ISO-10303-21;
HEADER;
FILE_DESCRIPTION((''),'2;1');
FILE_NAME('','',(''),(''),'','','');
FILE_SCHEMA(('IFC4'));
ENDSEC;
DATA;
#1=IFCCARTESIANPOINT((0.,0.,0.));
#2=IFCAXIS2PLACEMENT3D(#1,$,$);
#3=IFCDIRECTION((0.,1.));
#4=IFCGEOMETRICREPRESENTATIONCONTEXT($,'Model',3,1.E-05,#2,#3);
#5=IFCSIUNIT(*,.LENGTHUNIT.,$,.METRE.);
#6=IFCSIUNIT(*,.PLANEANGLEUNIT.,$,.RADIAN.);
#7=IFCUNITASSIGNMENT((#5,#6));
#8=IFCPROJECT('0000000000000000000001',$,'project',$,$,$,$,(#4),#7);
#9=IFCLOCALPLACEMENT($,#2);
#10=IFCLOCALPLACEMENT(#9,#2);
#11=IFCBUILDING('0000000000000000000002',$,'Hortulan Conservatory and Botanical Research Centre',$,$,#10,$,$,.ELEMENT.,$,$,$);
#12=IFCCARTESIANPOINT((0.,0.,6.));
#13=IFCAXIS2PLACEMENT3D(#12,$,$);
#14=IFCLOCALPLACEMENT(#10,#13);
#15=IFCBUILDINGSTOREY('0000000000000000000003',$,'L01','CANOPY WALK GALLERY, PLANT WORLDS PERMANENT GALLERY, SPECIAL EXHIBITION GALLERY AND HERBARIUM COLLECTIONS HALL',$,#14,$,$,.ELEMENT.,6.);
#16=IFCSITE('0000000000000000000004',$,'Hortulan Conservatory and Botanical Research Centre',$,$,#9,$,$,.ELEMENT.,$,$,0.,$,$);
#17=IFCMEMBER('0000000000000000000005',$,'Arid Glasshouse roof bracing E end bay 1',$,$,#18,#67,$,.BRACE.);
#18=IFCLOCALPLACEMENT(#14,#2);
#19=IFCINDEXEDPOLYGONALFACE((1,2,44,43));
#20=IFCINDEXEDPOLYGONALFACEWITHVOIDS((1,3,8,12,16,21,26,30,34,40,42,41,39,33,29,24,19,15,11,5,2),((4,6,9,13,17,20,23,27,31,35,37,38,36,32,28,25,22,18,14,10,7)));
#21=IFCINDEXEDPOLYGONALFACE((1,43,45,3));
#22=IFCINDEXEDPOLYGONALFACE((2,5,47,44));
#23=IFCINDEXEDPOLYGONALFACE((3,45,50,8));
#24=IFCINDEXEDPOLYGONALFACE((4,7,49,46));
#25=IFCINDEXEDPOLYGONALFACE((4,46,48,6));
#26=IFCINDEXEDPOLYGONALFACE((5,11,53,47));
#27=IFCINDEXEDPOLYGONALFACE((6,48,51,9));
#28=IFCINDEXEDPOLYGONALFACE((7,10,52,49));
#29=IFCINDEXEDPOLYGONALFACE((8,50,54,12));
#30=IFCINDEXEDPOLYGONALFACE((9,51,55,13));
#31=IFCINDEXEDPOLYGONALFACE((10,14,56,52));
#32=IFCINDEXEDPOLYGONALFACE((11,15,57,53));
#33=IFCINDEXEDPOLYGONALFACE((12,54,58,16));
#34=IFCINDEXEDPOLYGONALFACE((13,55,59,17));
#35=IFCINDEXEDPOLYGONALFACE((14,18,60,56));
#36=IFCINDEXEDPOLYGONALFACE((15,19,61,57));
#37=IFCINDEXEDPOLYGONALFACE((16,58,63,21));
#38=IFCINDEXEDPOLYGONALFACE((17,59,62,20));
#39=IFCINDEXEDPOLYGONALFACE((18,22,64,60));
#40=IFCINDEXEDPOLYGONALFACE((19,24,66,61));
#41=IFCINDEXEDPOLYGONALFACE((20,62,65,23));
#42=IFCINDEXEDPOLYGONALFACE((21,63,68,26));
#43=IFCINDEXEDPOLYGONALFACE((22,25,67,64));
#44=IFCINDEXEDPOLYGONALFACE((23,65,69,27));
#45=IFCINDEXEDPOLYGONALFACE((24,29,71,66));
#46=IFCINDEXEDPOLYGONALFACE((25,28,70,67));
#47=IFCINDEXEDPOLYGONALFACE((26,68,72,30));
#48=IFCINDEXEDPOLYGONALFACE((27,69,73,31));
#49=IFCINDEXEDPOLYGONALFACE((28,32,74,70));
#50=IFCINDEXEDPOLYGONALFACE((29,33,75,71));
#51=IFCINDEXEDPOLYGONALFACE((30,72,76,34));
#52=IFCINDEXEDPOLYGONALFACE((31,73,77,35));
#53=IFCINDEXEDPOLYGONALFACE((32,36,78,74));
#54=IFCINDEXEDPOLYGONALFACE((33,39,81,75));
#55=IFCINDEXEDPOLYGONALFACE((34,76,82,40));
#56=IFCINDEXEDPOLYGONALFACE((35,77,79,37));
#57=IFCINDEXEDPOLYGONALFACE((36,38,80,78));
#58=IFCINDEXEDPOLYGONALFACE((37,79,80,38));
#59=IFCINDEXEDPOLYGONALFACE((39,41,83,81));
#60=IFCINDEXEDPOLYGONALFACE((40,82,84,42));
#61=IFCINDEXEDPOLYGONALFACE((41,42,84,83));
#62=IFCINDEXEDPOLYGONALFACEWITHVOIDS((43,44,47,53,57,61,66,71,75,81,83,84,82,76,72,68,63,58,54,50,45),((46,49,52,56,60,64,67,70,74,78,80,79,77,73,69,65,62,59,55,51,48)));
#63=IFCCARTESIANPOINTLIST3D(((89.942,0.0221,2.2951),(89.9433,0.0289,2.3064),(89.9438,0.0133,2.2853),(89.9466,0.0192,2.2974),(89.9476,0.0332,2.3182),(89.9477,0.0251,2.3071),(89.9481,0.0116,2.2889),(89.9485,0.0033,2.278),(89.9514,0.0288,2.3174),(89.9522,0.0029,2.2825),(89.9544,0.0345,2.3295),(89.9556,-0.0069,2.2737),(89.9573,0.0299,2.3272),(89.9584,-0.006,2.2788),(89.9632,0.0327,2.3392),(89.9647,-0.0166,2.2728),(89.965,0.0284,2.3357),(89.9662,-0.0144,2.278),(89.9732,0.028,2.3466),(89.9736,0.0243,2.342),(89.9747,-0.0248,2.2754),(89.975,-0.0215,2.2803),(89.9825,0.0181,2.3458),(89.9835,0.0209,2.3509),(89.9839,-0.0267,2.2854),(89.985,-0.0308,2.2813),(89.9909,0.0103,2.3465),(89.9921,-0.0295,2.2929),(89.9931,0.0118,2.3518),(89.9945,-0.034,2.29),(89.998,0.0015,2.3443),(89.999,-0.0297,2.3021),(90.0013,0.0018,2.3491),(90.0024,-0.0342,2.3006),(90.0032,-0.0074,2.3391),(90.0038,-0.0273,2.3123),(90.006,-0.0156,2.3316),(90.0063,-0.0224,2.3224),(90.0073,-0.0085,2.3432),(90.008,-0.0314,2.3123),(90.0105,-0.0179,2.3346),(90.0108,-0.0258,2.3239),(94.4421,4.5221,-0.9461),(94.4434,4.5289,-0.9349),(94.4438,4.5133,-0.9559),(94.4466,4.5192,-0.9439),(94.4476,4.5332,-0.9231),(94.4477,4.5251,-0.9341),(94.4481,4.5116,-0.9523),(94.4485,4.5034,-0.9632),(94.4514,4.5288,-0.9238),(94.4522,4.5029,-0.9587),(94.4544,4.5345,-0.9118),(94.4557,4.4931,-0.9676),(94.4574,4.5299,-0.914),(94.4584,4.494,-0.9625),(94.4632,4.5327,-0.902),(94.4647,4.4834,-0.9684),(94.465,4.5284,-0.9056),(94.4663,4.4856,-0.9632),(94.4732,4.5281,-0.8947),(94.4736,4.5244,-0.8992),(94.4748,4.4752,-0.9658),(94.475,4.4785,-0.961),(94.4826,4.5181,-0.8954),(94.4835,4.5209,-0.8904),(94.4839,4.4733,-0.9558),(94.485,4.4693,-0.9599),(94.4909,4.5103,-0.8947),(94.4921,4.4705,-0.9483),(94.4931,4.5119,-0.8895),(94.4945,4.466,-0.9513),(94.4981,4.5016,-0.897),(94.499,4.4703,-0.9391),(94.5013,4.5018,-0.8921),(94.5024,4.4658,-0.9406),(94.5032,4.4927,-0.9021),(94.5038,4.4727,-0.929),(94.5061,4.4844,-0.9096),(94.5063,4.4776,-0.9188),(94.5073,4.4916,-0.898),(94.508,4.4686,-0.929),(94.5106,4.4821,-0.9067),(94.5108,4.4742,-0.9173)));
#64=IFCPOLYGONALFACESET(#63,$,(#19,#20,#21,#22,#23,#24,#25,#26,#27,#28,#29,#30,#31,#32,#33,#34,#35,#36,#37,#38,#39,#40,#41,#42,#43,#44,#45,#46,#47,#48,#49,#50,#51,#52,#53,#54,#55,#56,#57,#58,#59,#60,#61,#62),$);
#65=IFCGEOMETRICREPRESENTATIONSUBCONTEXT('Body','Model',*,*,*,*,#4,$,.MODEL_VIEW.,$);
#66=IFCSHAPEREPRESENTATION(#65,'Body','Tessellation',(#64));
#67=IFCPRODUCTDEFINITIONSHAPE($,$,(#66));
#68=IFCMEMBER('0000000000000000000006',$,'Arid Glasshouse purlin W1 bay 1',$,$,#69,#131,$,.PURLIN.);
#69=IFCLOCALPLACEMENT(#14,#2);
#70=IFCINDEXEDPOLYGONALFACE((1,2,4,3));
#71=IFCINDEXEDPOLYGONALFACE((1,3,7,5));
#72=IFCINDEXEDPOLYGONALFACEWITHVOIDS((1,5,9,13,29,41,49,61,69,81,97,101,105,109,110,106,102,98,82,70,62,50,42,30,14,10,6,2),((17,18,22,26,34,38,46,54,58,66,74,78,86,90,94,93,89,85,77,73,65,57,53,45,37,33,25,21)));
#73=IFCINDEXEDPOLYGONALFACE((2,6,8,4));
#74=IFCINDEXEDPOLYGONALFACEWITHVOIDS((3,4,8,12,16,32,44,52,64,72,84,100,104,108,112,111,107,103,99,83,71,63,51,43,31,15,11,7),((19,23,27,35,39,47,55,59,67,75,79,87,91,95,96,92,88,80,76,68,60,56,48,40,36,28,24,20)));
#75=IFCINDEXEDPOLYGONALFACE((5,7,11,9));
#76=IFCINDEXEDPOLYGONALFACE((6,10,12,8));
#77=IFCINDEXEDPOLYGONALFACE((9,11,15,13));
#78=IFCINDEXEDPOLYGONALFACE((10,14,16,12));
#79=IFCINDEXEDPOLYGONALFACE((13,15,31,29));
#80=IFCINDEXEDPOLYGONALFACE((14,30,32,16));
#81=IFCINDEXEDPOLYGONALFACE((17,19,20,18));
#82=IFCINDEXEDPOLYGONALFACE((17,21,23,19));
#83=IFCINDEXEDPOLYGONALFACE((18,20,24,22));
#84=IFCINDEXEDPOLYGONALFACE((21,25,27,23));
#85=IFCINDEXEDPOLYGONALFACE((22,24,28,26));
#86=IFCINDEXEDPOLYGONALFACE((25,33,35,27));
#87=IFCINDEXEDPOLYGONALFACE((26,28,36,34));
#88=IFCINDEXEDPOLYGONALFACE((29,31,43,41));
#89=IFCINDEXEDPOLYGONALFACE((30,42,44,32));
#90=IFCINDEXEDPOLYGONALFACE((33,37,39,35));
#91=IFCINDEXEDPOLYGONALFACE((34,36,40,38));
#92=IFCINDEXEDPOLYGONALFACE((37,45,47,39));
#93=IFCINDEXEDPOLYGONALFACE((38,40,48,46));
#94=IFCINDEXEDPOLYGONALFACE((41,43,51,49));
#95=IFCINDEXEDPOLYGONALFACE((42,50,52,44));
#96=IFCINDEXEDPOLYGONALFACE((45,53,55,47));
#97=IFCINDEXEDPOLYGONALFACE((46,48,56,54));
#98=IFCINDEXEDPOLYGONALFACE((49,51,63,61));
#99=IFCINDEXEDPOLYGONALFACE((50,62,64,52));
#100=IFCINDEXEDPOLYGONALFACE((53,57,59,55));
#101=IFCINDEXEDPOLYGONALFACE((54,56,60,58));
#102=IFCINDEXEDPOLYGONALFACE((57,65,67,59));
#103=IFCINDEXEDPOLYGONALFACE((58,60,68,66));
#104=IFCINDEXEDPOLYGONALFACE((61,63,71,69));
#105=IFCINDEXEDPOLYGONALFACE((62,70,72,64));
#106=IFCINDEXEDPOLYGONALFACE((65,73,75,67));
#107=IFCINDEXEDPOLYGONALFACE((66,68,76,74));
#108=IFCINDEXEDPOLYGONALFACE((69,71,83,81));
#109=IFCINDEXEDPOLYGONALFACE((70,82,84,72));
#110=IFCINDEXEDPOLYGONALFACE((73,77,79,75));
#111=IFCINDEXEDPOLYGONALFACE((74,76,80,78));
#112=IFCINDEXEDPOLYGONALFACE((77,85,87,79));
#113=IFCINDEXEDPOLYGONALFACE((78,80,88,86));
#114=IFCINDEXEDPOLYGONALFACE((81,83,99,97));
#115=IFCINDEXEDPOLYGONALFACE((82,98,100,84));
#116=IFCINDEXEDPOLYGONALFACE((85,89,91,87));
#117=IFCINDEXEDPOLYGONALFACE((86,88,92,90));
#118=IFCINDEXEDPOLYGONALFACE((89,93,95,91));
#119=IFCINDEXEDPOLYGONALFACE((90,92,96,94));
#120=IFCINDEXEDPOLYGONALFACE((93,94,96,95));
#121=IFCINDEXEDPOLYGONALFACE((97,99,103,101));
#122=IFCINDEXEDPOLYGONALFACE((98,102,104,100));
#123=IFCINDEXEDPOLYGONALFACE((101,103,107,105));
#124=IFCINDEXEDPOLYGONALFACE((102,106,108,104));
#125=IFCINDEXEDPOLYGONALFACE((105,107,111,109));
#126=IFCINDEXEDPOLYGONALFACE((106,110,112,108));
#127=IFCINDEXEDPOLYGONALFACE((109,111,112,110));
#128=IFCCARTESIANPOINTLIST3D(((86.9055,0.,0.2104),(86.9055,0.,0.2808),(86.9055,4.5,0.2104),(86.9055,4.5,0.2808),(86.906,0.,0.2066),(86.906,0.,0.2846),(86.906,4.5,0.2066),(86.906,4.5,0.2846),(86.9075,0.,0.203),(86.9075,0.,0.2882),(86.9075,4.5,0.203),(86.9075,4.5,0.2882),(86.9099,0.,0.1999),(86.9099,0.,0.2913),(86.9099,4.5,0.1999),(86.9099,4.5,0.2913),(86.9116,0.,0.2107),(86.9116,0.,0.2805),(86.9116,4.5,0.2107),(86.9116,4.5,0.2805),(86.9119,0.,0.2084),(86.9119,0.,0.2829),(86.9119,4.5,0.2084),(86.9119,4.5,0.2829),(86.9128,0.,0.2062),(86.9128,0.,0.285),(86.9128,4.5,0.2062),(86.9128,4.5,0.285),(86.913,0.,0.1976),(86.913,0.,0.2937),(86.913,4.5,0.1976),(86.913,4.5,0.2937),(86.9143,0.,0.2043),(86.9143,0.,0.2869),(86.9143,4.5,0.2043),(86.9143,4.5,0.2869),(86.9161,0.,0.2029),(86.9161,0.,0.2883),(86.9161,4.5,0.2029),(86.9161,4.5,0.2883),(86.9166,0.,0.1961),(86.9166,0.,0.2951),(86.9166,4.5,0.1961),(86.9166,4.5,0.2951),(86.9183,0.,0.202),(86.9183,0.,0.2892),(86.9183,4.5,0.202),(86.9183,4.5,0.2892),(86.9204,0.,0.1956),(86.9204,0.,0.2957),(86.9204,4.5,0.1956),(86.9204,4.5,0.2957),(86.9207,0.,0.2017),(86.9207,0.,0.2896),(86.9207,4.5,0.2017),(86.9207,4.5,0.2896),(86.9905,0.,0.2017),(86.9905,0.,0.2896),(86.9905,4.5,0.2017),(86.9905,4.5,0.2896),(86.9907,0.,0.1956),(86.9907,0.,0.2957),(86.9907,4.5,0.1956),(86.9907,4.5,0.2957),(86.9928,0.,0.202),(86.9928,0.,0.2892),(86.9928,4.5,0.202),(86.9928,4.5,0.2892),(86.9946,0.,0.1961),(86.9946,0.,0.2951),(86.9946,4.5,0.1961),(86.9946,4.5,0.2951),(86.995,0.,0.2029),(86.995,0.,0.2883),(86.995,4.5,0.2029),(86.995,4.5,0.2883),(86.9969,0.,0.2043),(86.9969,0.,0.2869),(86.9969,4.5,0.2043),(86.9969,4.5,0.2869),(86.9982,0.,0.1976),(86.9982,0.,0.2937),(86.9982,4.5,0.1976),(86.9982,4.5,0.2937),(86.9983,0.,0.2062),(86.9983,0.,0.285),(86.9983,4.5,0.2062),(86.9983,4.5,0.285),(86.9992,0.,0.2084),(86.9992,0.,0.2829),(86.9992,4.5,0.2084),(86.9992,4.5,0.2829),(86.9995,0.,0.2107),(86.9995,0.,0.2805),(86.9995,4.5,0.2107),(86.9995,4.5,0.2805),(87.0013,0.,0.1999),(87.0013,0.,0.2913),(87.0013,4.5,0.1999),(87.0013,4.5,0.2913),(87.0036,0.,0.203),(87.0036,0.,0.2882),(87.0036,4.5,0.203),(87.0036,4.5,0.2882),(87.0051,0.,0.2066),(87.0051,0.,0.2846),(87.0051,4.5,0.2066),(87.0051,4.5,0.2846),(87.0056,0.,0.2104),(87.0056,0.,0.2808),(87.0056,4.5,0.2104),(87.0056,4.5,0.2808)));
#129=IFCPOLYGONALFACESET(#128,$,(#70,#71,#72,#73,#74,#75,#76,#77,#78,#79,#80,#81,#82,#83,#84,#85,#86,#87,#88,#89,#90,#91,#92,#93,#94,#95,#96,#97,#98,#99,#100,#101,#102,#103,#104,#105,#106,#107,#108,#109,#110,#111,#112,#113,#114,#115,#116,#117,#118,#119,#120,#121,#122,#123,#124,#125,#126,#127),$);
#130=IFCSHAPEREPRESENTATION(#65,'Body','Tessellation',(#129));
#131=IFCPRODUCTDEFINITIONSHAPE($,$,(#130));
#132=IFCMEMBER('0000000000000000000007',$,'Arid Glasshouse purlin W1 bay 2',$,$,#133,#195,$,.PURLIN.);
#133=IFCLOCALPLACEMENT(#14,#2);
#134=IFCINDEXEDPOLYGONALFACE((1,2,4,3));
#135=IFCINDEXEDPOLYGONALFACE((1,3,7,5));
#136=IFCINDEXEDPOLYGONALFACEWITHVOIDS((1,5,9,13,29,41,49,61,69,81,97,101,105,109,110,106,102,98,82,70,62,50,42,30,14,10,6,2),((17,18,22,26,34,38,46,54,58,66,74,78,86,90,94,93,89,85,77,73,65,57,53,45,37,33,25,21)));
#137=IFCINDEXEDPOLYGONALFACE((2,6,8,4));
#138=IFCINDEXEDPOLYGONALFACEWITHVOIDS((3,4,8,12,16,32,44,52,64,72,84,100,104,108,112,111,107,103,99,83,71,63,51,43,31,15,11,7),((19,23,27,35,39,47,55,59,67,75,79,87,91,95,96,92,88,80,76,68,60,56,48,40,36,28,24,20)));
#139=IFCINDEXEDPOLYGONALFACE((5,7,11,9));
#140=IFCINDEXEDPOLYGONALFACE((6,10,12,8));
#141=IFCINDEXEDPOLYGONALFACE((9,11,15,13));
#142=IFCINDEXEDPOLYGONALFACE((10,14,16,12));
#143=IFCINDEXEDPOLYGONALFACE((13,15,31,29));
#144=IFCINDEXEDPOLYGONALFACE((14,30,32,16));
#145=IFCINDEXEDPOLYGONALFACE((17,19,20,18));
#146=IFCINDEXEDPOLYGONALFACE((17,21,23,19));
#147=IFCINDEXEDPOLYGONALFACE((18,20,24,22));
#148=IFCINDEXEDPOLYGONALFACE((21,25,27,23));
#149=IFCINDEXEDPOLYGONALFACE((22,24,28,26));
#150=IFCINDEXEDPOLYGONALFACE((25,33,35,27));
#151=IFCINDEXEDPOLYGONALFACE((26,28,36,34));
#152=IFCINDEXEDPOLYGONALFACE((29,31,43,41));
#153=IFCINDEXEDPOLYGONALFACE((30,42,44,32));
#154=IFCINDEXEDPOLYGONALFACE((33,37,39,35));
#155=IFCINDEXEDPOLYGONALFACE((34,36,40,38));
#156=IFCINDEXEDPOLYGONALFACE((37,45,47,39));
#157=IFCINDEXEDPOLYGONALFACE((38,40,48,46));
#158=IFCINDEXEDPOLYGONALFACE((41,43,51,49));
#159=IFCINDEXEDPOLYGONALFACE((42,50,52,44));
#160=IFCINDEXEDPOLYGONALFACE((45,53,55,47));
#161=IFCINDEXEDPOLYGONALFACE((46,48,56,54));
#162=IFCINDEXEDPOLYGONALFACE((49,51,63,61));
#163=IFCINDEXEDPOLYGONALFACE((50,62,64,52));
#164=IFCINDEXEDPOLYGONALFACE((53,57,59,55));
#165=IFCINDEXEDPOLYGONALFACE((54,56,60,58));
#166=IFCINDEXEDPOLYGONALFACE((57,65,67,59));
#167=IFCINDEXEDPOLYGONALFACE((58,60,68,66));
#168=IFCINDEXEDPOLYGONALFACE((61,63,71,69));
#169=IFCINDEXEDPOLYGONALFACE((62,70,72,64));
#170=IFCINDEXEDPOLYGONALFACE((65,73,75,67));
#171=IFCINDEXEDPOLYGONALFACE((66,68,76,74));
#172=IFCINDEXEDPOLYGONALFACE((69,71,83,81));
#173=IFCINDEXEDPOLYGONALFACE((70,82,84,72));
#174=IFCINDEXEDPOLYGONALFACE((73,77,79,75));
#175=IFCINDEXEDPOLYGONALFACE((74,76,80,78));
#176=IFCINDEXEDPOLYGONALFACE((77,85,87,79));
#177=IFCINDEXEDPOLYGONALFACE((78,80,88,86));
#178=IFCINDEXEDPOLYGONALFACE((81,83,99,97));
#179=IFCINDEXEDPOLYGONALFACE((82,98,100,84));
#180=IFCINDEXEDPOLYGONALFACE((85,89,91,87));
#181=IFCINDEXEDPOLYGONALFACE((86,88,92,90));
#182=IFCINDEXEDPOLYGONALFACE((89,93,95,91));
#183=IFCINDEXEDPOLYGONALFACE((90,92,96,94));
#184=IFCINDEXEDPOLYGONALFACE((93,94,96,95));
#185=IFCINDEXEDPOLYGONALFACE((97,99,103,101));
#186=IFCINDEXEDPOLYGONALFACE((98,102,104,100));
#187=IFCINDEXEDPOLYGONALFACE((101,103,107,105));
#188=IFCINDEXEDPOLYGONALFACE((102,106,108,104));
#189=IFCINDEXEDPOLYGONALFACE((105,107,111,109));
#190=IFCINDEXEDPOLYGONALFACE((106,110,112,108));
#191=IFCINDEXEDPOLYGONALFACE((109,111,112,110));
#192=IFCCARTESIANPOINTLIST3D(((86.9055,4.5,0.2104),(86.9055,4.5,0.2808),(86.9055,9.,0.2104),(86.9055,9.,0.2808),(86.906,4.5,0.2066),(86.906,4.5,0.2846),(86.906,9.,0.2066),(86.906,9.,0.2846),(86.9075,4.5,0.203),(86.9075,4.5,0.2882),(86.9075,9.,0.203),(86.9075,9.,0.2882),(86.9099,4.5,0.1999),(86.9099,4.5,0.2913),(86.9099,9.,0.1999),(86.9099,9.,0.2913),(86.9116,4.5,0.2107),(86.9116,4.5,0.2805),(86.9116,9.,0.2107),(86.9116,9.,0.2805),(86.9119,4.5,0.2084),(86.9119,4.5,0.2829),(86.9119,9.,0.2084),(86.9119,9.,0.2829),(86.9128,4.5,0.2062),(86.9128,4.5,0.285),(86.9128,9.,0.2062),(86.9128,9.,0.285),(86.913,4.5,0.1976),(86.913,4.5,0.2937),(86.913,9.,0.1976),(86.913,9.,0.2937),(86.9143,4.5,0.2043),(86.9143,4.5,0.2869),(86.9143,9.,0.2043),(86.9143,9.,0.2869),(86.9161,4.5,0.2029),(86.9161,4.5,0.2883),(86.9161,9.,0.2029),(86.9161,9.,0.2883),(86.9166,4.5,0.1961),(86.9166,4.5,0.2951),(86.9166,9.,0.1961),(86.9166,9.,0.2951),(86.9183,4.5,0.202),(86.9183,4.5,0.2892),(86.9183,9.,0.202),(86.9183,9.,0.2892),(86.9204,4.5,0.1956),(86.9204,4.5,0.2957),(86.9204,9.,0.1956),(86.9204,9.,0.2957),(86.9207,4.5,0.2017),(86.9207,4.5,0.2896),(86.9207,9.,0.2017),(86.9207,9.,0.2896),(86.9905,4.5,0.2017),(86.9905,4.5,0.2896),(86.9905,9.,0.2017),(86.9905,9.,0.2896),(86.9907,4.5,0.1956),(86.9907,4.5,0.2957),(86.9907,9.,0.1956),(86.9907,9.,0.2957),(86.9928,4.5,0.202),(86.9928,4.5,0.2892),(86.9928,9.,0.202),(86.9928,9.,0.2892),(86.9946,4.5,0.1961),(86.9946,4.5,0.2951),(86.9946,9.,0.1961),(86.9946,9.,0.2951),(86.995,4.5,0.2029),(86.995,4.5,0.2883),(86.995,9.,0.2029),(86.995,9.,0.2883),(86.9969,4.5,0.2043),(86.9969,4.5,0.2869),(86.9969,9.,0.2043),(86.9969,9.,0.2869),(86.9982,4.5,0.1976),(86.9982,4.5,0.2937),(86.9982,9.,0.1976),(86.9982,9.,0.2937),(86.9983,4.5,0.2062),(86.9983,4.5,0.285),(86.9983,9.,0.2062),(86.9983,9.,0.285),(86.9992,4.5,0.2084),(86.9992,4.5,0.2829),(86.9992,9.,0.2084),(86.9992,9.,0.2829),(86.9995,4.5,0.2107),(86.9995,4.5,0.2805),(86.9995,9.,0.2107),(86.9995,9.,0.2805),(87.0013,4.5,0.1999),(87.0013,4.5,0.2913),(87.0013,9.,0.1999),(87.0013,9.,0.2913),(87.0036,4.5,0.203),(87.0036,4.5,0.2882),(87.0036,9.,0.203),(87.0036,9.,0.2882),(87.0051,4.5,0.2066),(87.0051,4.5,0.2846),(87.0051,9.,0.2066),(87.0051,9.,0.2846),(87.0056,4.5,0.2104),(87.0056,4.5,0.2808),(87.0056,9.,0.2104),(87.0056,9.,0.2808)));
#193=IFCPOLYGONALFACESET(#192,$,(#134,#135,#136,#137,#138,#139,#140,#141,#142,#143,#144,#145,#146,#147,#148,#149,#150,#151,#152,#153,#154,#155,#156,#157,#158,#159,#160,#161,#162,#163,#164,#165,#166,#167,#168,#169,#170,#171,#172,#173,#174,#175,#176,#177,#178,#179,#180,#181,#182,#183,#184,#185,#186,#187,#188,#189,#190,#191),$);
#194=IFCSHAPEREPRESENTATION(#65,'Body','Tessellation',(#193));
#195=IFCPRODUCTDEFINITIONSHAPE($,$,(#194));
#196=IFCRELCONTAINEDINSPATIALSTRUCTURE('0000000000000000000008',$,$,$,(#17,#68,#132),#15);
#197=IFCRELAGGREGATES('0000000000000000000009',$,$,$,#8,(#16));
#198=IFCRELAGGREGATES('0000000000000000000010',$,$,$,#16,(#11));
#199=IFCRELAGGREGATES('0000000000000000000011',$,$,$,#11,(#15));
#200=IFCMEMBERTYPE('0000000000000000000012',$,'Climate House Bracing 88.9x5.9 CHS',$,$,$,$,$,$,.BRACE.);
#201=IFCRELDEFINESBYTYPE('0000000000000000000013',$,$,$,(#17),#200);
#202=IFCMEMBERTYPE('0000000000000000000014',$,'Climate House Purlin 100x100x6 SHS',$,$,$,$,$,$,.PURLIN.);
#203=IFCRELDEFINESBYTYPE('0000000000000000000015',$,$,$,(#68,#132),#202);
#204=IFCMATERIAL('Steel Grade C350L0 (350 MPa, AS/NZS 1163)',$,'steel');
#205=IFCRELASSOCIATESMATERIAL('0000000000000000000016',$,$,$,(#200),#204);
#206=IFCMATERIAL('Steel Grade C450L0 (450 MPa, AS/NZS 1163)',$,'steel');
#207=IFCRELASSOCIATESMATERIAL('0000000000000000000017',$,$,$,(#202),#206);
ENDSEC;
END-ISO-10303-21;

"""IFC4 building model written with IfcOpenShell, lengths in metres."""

from ifc_helpers import new_model, si_unit, direction, frame, origin, origin_2d, place, context, subcontext, project, spatial, hollow_rectangle, hollow_circle, extrude, material, material_profile, profile_set, type_object, element, save


model = new_model("IFC4")

# Units and contexts
model_context = context("Model", 3, precision=1e-05, world=origin(), true_north=direction((0.0, 1.0)))
body_context = subcontext(model_context, "Body", "Model", "MODEL_VIEW")
ifc_project = project(units=[si_unit("LENGTHUNIT", "METRE"), si_unit("PLANEANGLEUNIT", "RADIAN")], contexts=[model_context])

# Site, building, storey
site_placement = place(None, origin())
site = spatial("IfcSite", under=ifc_project, at=site_placement, Name="Hortulan Conservatory and Botanical Research Centre", CompositionType="ELEMENT", RefElevation=0.0)
building_placement = place(site_placement, origin())
building = spatial("IfcBuilding", under=site, at=building_placement, Name="Hortulan Conservatory and Botanical Research Centre", CompositionType="ELEMENT")
storey_placement = place(building_placement, frame((0.0, 0.0, 6.0)))
storey = spatial("IfcBuildingStorey", under=building, at=storey_placement, Name="L01", Description="CANOPY WALK GALLERY, PLANT WORLDS PERMANENT GALLERY, SPECIAL EXHIBITION GALLERY AND HERBARIUM COLLECTIONS HALL", CompositionType="ELEMENT", Elevation=6.0)

# Members
ifc_material_1 = material(Name="Steel Grade C350L0 (350 MPa, AS/NZS 1163)", Category="steel")
ifc_material_profile_1 = material_profile(ifc_material_1, hollow_circle(Radius=0.0444, WallThickness=0.0059, at=origin_2d()), Name="88.9x5.9CHS")
ifc_profile_set_1 = profile_set([ifc_material_profile_1], Name="Steel Grade C350L0 (350 MPa, AS/NZS 1163)")
member_type_1 = type_object("IfcMemberType", Name="Climate House Bracing 88.9x5.9 CHS", PredefinedType="BRACE", material=ifc_profile_set_1)
member_placement = place(storey_placement, frame((94.4766, 4.5, -0.929), z_axis=(-0.630092, -0.630092, 0.453836), x_axis=(0.707107, -0.707107, 0.0)))
element("IfcMember", 1, at=member_placement, inside=storey, type_object=member_type_1, Name="Arid Glasshouse roof bracing E end bay 1", PredefinedType="BRACE", context=body_context, shape_type="SweptSolid", body=[
    extrude(hollow_circle(Radius=0.0444, WallThickness=0.0059, at=origin_2d()), origin(), (0.0, 0.0, 1.0), 7.1418),
])
ifc_material_2 = material(Name="Steel Grade C450L0 (450 MPa, AS/NZS 1163)", Category="steel")
ifc_material_profile_2 = material_profile(ifc_material_2, hollow_rectangle(XDim=0.1001, YDim=0.1001, WallThickness=0.0061, InnerFilletRadius=0.009, OuterFilletRadius=0.0149, at=origin_2d()), Name="100x100x6SHS")
ifc_profile_set_2 = profile_set([ifc_material_profile_2], Name="Steel Grade C450L0 (450 MPa, AS/NZS 1163)")
member_type_2 = type_object("IfcMemberType", Name="Climate House Purlin 100x100x6 SHS", PredefinedType="PURLIN", material=ifc_profile_set_2)
for number, where, z_axis, x_axis, name in (
    (2, (86.9556, 0.0, 0.2456), (0.0, 1.0, 0.0), (-1.0, 0.0, 0.0), "Arid Glasshouse purlin W1 bay 1"),
    (3, (86.9556, 4.5, 0.2456), (0.0, 1.0, 0.0), (-1.0, 0.0, 0.0), "Arid Glasshouse purlin W1 bay 2"),
):
    element("IfcMember", number, at=place(storey_placement, frame(where, z_axis=z_axis, x_axis=x_axis)), inside=storey, type_object=member_type_2, Name=name, PredefinedType="PURLIN", context=body_context, shape_type="SweptSolid", body=[
        extrude(hollow_rectangle(XDim=0.1001, YDim=0.1001, WallThickness=0.0061, InnerFilletRadius=0.009, OuterFilletRadius=0.0149, at=origin_2d()), origin(), (0.0, 0.0, 1.0), 4.5),
    ])

save(model, "model.ifc")
